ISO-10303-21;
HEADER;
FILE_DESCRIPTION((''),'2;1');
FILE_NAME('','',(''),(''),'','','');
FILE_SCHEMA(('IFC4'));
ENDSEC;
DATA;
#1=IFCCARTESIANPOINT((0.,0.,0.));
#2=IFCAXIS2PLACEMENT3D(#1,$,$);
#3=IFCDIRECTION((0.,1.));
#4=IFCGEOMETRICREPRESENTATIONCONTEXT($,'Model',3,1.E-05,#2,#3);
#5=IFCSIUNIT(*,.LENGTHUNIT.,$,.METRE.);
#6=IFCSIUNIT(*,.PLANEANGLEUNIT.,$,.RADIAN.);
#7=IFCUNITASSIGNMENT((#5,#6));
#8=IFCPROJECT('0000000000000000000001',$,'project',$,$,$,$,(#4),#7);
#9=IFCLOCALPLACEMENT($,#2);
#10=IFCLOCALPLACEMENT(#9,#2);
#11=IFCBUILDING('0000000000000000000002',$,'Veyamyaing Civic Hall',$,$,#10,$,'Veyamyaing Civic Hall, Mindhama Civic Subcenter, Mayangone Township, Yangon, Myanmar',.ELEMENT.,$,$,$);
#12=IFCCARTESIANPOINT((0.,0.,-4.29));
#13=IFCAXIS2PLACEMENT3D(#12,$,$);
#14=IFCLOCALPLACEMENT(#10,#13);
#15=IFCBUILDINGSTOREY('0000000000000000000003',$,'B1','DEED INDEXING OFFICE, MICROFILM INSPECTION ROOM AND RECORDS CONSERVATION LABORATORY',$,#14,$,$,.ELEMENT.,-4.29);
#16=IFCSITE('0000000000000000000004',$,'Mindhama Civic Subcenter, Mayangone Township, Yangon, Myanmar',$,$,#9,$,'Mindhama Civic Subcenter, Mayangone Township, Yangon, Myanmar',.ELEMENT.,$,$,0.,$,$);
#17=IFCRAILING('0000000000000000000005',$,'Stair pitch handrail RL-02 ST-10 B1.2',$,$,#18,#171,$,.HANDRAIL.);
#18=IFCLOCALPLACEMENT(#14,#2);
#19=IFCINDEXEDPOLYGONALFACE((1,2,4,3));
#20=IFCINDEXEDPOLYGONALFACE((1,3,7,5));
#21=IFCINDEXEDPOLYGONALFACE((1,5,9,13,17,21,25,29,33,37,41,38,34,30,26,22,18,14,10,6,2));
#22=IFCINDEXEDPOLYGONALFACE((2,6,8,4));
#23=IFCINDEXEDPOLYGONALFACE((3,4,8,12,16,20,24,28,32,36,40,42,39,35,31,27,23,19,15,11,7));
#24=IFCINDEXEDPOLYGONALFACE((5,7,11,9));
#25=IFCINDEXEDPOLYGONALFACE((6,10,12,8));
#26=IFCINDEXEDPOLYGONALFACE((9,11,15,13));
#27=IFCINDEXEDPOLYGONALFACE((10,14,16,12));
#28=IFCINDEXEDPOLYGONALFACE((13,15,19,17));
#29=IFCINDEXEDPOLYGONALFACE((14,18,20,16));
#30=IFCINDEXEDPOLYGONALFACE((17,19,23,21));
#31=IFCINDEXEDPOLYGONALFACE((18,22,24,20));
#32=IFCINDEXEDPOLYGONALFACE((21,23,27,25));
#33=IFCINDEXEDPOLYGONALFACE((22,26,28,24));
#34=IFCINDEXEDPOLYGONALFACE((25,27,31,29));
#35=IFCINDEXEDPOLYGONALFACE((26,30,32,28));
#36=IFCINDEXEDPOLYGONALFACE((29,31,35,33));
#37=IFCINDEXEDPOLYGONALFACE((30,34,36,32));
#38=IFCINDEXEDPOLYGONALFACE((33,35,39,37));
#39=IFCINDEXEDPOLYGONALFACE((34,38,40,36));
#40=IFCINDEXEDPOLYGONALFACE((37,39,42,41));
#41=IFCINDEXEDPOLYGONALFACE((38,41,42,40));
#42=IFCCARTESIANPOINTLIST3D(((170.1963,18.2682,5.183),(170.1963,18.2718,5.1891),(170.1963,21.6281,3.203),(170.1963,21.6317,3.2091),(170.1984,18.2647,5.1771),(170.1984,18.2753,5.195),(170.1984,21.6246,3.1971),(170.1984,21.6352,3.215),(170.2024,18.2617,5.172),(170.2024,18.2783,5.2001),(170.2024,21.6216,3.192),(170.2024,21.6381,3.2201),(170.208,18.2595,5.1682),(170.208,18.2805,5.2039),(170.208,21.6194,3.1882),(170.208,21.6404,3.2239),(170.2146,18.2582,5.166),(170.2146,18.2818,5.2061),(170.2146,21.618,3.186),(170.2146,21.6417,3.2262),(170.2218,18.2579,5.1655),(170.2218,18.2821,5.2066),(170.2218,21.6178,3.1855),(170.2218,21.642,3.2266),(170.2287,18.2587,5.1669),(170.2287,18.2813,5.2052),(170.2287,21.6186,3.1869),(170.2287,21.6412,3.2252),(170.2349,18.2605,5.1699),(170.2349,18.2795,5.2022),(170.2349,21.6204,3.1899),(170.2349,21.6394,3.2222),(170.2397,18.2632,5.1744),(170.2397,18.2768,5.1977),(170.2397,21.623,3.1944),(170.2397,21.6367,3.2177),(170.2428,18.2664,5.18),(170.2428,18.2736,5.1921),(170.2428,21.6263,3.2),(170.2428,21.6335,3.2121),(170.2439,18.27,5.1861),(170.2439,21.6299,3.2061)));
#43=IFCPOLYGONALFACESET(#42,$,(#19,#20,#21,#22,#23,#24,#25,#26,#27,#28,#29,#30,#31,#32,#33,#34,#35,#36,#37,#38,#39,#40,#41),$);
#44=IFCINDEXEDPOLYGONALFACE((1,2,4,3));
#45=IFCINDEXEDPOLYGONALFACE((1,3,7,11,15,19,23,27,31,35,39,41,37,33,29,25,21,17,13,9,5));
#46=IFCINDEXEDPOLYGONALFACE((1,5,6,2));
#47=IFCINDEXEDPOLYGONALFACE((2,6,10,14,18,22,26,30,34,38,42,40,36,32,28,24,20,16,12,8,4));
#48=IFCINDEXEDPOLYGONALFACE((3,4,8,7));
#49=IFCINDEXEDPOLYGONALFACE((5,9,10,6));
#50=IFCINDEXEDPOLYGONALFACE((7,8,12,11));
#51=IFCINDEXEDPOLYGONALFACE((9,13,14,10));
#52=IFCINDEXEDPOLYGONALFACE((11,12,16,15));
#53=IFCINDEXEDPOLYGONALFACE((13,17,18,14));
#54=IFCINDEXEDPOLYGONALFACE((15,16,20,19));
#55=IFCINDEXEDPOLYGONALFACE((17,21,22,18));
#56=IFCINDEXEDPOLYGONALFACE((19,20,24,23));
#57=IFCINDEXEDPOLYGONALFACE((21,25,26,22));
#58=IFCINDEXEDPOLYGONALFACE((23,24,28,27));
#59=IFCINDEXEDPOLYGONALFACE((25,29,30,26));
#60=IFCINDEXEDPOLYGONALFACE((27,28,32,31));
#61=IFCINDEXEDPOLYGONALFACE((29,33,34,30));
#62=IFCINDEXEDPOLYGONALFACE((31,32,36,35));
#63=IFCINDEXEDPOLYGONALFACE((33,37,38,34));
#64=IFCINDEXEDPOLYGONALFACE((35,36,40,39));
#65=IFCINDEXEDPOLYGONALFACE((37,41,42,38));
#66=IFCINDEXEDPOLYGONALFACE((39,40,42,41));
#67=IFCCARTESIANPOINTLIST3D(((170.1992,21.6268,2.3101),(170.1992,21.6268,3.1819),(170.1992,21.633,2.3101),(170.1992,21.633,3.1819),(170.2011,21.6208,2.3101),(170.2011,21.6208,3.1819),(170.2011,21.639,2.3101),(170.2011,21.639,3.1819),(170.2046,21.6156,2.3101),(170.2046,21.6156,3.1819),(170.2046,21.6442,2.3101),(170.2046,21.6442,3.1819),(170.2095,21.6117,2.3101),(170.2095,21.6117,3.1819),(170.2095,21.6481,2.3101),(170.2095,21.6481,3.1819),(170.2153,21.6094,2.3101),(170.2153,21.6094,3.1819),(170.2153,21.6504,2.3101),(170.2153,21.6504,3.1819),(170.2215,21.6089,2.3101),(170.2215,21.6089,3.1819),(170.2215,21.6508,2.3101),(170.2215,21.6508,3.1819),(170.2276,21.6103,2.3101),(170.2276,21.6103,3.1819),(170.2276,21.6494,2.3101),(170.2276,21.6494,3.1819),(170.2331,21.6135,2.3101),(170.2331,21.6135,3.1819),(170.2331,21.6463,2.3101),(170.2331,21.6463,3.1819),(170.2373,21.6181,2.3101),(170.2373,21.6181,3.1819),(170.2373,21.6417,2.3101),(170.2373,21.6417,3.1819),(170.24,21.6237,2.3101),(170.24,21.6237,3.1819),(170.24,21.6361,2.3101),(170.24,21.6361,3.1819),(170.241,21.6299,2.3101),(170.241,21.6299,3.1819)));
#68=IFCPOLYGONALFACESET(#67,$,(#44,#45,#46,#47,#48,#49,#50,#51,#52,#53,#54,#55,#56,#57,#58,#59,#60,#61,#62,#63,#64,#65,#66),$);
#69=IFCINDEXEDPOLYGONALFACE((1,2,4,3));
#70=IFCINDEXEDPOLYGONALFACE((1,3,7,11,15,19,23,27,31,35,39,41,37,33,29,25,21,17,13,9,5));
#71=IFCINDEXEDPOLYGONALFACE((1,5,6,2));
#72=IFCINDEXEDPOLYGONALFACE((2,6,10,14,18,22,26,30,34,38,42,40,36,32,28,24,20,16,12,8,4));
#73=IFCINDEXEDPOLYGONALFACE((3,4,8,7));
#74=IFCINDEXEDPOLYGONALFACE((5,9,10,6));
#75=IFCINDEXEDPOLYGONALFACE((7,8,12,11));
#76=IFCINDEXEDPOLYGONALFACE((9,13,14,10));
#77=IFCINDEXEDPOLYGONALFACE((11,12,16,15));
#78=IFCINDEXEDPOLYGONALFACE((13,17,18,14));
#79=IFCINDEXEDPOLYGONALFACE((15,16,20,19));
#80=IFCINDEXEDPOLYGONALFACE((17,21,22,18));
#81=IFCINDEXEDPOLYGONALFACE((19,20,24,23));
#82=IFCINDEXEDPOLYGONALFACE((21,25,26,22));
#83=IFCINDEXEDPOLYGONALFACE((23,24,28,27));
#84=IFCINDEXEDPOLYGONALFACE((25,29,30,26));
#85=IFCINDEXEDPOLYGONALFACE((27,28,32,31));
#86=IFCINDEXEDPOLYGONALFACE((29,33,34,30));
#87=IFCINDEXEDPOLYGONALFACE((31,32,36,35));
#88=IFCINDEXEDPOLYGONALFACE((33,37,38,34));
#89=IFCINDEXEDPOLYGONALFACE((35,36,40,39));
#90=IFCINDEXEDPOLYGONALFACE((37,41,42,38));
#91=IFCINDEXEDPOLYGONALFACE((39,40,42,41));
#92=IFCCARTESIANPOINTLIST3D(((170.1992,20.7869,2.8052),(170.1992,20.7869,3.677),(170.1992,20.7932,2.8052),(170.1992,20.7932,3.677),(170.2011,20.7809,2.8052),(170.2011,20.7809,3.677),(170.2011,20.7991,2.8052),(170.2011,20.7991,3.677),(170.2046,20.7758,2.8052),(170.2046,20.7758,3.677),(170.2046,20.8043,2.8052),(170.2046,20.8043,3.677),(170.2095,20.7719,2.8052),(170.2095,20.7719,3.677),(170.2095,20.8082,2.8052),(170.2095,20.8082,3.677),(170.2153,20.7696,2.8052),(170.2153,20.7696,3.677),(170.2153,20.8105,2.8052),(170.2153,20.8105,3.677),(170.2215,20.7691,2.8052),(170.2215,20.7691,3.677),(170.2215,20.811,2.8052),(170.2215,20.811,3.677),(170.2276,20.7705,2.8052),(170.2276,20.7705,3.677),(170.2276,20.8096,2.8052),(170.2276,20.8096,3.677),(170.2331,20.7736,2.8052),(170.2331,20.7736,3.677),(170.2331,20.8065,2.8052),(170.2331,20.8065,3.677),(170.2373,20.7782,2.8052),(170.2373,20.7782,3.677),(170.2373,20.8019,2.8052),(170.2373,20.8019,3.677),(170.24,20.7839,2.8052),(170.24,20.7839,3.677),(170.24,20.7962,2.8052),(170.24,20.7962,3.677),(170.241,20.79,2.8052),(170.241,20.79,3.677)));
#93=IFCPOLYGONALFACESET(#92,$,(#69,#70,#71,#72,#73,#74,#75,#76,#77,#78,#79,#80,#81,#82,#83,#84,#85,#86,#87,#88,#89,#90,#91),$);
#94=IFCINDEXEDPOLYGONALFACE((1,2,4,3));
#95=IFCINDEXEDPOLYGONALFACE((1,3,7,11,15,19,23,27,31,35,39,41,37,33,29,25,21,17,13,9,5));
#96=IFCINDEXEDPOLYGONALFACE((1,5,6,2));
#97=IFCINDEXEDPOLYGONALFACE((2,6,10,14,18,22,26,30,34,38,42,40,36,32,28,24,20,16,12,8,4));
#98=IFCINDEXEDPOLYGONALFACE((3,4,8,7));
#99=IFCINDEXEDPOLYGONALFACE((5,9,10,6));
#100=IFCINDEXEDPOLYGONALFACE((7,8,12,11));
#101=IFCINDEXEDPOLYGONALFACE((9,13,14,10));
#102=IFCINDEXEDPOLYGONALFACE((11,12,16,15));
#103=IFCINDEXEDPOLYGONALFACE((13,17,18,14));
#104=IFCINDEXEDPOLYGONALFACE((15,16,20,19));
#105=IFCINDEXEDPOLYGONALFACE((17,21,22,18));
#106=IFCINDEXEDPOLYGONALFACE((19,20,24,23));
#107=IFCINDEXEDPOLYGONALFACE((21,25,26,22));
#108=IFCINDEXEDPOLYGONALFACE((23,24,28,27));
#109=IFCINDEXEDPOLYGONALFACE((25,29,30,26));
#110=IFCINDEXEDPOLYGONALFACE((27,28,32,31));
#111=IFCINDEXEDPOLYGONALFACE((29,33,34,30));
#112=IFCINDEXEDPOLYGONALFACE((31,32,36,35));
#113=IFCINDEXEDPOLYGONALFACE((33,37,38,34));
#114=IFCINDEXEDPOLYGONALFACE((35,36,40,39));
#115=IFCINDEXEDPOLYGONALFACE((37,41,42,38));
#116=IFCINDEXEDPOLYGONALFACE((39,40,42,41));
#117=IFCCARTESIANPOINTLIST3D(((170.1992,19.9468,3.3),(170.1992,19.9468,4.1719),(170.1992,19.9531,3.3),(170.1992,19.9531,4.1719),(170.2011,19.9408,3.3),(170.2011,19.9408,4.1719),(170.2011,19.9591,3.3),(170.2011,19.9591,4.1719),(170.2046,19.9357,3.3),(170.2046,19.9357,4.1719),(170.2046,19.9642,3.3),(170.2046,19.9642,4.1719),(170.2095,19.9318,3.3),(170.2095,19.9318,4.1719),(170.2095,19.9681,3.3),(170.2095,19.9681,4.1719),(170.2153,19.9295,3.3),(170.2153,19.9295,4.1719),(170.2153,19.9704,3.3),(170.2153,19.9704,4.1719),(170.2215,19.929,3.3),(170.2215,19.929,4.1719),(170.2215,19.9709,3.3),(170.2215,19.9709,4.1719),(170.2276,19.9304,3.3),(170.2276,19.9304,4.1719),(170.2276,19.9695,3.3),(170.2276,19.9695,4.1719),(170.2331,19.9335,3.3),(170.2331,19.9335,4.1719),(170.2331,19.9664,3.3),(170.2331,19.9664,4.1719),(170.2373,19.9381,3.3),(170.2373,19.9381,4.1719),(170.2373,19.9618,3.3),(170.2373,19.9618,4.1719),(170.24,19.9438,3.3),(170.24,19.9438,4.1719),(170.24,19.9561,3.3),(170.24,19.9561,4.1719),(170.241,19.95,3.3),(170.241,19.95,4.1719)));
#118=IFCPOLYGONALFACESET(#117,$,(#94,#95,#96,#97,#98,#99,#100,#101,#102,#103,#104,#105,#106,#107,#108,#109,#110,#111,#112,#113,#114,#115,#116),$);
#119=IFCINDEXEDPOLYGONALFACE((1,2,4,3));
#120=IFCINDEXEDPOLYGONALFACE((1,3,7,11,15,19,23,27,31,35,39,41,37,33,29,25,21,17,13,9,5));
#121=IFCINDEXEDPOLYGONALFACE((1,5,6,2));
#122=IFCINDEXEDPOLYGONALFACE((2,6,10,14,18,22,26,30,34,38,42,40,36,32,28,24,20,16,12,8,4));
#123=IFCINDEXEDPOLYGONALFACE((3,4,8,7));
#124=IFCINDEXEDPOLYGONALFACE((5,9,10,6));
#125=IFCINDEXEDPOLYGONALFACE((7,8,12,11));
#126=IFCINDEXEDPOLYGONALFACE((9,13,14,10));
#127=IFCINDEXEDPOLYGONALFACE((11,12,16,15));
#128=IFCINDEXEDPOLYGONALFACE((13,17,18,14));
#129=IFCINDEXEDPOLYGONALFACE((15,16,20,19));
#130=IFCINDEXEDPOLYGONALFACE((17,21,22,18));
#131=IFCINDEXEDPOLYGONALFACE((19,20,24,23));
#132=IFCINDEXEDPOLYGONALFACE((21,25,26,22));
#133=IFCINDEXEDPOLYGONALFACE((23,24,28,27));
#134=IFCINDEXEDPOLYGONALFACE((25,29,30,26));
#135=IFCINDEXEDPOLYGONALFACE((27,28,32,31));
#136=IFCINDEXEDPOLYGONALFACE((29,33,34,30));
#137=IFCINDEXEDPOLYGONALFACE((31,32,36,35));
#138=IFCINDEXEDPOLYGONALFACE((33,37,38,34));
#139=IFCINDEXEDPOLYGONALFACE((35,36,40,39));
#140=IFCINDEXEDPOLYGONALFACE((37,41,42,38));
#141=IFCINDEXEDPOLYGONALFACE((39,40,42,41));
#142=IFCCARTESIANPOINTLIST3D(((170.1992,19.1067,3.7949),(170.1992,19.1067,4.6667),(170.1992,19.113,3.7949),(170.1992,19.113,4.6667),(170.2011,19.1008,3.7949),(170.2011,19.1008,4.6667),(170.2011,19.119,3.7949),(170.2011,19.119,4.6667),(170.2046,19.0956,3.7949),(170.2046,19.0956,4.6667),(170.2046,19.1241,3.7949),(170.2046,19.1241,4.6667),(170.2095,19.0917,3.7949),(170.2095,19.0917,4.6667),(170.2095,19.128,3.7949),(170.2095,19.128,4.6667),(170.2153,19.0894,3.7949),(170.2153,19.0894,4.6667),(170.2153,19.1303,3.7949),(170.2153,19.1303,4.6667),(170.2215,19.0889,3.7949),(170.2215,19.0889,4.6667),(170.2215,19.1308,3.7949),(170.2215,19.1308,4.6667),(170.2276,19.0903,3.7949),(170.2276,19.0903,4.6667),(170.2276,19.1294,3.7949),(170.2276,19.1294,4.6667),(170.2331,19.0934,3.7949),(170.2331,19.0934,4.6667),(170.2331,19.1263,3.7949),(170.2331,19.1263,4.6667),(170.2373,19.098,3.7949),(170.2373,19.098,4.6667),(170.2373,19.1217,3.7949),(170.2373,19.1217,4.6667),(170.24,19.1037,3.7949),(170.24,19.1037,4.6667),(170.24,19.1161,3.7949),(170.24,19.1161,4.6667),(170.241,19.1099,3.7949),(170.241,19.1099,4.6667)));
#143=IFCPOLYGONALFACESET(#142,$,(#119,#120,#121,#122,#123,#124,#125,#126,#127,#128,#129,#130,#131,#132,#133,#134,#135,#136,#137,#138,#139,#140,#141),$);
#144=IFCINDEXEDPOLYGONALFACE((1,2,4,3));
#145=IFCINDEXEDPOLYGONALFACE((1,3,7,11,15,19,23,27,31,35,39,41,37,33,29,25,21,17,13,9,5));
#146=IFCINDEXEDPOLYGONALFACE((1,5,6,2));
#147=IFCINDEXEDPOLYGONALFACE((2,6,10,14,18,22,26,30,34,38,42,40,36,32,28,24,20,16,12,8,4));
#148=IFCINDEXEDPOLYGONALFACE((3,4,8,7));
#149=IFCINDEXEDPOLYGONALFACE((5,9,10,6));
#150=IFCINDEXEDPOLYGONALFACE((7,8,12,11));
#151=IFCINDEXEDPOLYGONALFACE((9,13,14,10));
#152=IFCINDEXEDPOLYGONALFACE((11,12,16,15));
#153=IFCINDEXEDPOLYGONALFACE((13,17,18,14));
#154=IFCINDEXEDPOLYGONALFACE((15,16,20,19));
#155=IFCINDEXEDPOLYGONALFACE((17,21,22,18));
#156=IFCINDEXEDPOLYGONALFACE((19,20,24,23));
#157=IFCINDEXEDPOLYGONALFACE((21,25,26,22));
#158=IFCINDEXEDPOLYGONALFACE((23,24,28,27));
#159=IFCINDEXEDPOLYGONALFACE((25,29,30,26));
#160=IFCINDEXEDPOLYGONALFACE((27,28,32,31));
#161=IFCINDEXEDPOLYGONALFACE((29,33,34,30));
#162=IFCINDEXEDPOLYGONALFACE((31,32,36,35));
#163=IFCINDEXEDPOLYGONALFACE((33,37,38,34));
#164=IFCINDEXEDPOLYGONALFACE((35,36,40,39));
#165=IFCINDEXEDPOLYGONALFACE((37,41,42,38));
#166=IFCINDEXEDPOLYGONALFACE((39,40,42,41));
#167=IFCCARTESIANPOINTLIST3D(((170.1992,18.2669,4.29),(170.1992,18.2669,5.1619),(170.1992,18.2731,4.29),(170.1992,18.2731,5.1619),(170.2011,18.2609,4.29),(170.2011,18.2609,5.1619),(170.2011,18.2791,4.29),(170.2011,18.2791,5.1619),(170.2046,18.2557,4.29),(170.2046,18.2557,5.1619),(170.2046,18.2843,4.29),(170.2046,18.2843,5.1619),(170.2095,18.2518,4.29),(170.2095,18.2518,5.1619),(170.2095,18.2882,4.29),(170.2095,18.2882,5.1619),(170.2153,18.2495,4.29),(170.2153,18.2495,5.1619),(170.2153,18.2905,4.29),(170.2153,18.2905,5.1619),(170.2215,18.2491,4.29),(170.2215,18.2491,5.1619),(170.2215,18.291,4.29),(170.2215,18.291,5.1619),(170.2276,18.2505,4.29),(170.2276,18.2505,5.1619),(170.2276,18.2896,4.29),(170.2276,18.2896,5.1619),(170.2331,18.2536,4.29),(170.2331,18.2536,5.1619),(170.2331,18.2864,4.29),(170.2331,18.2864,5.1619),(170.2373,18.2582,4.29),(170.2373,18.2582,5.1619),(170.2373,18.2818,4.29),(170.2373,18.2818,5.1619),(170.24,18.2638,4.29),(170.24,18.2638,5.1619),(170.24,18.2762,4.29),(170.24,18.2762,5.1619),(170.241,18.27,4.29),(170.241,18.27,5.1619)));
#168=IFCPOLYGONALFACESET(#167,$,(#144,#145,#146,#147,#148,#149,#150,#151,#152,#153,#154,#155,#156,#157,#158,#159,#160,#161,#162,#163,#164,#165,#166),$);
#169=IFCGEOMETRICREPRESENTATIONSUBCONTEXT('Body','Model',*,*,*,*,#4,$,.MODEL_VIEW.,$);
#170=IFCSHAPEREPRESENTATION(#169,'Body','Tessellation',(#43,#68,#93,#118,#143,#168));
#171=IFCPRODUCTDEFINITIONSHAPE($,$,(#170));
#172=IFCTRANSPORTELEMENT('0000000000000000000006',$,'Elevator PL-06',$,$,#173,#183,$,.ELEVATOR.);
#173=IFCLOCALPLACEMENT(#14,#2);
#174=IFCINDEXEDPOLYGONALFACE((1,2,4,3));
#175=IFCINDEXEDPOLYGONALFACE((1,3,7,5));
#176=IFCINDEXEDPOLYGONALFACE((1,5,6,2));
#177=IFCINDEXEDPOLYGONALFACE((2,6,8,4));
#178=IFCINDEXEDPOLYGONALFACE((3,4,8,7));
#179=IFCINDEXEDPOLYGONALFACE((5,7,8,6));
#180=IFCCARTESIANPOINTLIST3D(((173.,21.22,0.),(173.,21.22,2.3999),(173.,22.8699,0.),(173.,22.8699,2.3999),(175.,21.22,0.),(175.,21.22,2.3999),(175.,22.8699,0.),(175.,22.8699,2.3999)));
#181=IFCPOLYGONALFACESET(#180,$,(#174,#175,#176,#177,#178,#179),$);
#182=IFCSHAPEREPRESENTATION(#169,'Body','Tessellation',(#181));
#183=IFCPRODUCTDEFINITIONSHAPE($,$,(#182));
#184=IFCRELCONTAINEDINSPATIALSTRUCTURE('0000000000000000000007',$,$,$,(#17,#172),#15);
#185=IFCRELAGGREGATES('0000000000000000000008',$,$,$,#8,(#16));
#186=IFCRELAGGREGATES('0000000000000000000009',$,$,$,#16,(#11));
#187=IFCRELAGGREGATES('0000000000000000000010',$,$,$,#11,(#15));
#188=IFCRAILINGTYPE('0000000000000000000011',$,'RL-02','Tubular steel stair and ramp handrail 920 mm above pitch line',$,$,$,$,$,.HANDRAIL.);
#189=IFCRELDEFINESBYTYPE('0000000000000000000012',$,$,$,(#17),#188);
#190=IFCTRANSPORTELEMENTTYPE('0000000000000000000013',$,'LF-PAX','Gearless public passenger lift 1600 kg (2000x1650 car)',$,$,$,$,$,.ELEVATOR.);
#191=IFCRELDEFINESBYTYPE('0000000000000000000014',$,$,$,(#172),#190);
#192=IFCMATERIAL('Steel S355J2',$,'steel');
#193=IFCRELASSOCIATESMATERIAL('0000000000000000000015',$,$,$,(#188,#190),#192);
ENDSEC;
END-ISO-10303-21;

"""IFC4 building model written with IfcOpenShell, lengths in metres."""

from ifc_helpers import new_model, si_unit, direction, frame, origin, origin_2d, place, context, subcontext, project, spatial, rectangle, circle, extrude, material, type_object, element, save


model = new_model("IFC4")

# Units and contexts
model_context = context("Model", 3, precision=1e-05, world=origin(), true_north=direction((0.0, 1.0)))
body_context = subcontext(model_context, "Body", "Model", "MODEL_VIEW")
ifc_project = project(units=[si_unit("LENGTHUNIT", "METRE"), si_unit("PLANEANGLEUNIT", "RADIAN")], contexts=[model_context])

# Site, building, storey
site_placement = place(None, origin())
site = spatial("IfcSite", under=ifc_project, at=site_placement, Name="Mindhama Civic Subcenter, Mayangone Township, Yangon, Myanmar", LongName="Mindhama Civic Subcenter, Mayangone Township, Yangon, Myanmar", CompositionType="ELEMENT", RefElevation=0.0)
building_placement = place(site_placement, origin())
building = spatial("IfcBuilding", under=site, at=building_placement, Name="Veyamyaing Civic Hall", LongName="Veyamyaing Civic Hall, Mindhama Civic Subcenter, Mayangone Township, Yangon, Myanmar", CompositionType="ELEMENT")
storey_placement = place(building_placement, frame((0.0, 0.0, -4.29)))
storey = spatial("IfcBuildingStorey", under=building, at=storey_placement, Name="B1", Description="DEED INDEXING OFFICE, MICROFILM INSPECTION ROOM AND RECORDS CONSERVATION LABORATORY", CompositionType="ELEMENT", Elevation=-4.29)

# Railing
ifc_material_1 = material(Name="Steel S355J2", Category="steel")
railing_type_1 = type_object("IfcRailingType", Name="RL-02", Description="Tubular steel stair and ramp handrail 920 mm above pitch line", PredefinedType="HANDRAIL", material=ifc_material_1)
railing_1_placement = place(storey_placement, frame((170.22, 21.6299, 2.3101)))
element("IfcRailing", 1, at=railing_1_placement, inside=storey, type_object=railing_type_1, Name="Stair pitch handrail RL-02 ST-10 B1.2", PredefinedType="HANDRAIL", context=body_context, shape_type="SweptSolid", body=[
    extrude(circle(Radius=0.0239, at=origin_2d()), frame((0.0, 0.0, 0.896), z_axis=(0.0, -0.861532, 0.507704), x_axis=(1.0, 0.0, 0.0)), (0.0, 0.0, 1.0), 3.8999),
    extrude(circle(Radius=0.021, at=origin_2d()), origin(), (0.0, 0.0, 1.0), 0.8718),
    extrude(circle(Radius=0.021, at=origin_2d()), frame((0.0, -0.8398, 0.4951)), (0.0, 0.0, 1.0), 0.8718),
    extrude(circle(Radius=0.021, at=origin_2d()), frame((0.0, -1.6799, 0.99)), (0.0, 0.0, 1.0), 0.8718),
    extrude(circle(Radius=0.021, at=origin_2d()), frame((0.0, -2.52, 1.4849)), (0.0, 0.0, 1.0), 0.8718),
    extrude(circle(Radius=0.021, at=origin_2d()), frame((0.0, -3.3599, 1.98)), (0.0, 0.0, 1.0), 0.8718),
])

# Transport element
transport_element_type = type_object("IfcTransportElementType", Name="LF-PAX", Description="Gearless public passenger lift 1600 kg (2000x1650 car)", PredefinedType="ELEVATOR", material=ifc_material_1)
transport_element_placement = place(storey_placement, frame((174.0, 22.0449, 0.0), z_axis=(0.0, 0.0, 1.0), x_axis=(1.0, 0.0, 0.0)))
element("IfcTransportElement", 2, at=transport_element_placement, inside=storey, type_object=transport_element_type, Name="Elevator PL-06", PredefinedType="ELEVATOR", context=body_context, shape_type="SweptSolid", body=[
    extrude(rectangle(XDim=2.0, YDim=1.6499, at=origin_2d()), origin(), (0.0, 0.0, 1.0), 2.3999),
])

save(model, "model.ifc")
